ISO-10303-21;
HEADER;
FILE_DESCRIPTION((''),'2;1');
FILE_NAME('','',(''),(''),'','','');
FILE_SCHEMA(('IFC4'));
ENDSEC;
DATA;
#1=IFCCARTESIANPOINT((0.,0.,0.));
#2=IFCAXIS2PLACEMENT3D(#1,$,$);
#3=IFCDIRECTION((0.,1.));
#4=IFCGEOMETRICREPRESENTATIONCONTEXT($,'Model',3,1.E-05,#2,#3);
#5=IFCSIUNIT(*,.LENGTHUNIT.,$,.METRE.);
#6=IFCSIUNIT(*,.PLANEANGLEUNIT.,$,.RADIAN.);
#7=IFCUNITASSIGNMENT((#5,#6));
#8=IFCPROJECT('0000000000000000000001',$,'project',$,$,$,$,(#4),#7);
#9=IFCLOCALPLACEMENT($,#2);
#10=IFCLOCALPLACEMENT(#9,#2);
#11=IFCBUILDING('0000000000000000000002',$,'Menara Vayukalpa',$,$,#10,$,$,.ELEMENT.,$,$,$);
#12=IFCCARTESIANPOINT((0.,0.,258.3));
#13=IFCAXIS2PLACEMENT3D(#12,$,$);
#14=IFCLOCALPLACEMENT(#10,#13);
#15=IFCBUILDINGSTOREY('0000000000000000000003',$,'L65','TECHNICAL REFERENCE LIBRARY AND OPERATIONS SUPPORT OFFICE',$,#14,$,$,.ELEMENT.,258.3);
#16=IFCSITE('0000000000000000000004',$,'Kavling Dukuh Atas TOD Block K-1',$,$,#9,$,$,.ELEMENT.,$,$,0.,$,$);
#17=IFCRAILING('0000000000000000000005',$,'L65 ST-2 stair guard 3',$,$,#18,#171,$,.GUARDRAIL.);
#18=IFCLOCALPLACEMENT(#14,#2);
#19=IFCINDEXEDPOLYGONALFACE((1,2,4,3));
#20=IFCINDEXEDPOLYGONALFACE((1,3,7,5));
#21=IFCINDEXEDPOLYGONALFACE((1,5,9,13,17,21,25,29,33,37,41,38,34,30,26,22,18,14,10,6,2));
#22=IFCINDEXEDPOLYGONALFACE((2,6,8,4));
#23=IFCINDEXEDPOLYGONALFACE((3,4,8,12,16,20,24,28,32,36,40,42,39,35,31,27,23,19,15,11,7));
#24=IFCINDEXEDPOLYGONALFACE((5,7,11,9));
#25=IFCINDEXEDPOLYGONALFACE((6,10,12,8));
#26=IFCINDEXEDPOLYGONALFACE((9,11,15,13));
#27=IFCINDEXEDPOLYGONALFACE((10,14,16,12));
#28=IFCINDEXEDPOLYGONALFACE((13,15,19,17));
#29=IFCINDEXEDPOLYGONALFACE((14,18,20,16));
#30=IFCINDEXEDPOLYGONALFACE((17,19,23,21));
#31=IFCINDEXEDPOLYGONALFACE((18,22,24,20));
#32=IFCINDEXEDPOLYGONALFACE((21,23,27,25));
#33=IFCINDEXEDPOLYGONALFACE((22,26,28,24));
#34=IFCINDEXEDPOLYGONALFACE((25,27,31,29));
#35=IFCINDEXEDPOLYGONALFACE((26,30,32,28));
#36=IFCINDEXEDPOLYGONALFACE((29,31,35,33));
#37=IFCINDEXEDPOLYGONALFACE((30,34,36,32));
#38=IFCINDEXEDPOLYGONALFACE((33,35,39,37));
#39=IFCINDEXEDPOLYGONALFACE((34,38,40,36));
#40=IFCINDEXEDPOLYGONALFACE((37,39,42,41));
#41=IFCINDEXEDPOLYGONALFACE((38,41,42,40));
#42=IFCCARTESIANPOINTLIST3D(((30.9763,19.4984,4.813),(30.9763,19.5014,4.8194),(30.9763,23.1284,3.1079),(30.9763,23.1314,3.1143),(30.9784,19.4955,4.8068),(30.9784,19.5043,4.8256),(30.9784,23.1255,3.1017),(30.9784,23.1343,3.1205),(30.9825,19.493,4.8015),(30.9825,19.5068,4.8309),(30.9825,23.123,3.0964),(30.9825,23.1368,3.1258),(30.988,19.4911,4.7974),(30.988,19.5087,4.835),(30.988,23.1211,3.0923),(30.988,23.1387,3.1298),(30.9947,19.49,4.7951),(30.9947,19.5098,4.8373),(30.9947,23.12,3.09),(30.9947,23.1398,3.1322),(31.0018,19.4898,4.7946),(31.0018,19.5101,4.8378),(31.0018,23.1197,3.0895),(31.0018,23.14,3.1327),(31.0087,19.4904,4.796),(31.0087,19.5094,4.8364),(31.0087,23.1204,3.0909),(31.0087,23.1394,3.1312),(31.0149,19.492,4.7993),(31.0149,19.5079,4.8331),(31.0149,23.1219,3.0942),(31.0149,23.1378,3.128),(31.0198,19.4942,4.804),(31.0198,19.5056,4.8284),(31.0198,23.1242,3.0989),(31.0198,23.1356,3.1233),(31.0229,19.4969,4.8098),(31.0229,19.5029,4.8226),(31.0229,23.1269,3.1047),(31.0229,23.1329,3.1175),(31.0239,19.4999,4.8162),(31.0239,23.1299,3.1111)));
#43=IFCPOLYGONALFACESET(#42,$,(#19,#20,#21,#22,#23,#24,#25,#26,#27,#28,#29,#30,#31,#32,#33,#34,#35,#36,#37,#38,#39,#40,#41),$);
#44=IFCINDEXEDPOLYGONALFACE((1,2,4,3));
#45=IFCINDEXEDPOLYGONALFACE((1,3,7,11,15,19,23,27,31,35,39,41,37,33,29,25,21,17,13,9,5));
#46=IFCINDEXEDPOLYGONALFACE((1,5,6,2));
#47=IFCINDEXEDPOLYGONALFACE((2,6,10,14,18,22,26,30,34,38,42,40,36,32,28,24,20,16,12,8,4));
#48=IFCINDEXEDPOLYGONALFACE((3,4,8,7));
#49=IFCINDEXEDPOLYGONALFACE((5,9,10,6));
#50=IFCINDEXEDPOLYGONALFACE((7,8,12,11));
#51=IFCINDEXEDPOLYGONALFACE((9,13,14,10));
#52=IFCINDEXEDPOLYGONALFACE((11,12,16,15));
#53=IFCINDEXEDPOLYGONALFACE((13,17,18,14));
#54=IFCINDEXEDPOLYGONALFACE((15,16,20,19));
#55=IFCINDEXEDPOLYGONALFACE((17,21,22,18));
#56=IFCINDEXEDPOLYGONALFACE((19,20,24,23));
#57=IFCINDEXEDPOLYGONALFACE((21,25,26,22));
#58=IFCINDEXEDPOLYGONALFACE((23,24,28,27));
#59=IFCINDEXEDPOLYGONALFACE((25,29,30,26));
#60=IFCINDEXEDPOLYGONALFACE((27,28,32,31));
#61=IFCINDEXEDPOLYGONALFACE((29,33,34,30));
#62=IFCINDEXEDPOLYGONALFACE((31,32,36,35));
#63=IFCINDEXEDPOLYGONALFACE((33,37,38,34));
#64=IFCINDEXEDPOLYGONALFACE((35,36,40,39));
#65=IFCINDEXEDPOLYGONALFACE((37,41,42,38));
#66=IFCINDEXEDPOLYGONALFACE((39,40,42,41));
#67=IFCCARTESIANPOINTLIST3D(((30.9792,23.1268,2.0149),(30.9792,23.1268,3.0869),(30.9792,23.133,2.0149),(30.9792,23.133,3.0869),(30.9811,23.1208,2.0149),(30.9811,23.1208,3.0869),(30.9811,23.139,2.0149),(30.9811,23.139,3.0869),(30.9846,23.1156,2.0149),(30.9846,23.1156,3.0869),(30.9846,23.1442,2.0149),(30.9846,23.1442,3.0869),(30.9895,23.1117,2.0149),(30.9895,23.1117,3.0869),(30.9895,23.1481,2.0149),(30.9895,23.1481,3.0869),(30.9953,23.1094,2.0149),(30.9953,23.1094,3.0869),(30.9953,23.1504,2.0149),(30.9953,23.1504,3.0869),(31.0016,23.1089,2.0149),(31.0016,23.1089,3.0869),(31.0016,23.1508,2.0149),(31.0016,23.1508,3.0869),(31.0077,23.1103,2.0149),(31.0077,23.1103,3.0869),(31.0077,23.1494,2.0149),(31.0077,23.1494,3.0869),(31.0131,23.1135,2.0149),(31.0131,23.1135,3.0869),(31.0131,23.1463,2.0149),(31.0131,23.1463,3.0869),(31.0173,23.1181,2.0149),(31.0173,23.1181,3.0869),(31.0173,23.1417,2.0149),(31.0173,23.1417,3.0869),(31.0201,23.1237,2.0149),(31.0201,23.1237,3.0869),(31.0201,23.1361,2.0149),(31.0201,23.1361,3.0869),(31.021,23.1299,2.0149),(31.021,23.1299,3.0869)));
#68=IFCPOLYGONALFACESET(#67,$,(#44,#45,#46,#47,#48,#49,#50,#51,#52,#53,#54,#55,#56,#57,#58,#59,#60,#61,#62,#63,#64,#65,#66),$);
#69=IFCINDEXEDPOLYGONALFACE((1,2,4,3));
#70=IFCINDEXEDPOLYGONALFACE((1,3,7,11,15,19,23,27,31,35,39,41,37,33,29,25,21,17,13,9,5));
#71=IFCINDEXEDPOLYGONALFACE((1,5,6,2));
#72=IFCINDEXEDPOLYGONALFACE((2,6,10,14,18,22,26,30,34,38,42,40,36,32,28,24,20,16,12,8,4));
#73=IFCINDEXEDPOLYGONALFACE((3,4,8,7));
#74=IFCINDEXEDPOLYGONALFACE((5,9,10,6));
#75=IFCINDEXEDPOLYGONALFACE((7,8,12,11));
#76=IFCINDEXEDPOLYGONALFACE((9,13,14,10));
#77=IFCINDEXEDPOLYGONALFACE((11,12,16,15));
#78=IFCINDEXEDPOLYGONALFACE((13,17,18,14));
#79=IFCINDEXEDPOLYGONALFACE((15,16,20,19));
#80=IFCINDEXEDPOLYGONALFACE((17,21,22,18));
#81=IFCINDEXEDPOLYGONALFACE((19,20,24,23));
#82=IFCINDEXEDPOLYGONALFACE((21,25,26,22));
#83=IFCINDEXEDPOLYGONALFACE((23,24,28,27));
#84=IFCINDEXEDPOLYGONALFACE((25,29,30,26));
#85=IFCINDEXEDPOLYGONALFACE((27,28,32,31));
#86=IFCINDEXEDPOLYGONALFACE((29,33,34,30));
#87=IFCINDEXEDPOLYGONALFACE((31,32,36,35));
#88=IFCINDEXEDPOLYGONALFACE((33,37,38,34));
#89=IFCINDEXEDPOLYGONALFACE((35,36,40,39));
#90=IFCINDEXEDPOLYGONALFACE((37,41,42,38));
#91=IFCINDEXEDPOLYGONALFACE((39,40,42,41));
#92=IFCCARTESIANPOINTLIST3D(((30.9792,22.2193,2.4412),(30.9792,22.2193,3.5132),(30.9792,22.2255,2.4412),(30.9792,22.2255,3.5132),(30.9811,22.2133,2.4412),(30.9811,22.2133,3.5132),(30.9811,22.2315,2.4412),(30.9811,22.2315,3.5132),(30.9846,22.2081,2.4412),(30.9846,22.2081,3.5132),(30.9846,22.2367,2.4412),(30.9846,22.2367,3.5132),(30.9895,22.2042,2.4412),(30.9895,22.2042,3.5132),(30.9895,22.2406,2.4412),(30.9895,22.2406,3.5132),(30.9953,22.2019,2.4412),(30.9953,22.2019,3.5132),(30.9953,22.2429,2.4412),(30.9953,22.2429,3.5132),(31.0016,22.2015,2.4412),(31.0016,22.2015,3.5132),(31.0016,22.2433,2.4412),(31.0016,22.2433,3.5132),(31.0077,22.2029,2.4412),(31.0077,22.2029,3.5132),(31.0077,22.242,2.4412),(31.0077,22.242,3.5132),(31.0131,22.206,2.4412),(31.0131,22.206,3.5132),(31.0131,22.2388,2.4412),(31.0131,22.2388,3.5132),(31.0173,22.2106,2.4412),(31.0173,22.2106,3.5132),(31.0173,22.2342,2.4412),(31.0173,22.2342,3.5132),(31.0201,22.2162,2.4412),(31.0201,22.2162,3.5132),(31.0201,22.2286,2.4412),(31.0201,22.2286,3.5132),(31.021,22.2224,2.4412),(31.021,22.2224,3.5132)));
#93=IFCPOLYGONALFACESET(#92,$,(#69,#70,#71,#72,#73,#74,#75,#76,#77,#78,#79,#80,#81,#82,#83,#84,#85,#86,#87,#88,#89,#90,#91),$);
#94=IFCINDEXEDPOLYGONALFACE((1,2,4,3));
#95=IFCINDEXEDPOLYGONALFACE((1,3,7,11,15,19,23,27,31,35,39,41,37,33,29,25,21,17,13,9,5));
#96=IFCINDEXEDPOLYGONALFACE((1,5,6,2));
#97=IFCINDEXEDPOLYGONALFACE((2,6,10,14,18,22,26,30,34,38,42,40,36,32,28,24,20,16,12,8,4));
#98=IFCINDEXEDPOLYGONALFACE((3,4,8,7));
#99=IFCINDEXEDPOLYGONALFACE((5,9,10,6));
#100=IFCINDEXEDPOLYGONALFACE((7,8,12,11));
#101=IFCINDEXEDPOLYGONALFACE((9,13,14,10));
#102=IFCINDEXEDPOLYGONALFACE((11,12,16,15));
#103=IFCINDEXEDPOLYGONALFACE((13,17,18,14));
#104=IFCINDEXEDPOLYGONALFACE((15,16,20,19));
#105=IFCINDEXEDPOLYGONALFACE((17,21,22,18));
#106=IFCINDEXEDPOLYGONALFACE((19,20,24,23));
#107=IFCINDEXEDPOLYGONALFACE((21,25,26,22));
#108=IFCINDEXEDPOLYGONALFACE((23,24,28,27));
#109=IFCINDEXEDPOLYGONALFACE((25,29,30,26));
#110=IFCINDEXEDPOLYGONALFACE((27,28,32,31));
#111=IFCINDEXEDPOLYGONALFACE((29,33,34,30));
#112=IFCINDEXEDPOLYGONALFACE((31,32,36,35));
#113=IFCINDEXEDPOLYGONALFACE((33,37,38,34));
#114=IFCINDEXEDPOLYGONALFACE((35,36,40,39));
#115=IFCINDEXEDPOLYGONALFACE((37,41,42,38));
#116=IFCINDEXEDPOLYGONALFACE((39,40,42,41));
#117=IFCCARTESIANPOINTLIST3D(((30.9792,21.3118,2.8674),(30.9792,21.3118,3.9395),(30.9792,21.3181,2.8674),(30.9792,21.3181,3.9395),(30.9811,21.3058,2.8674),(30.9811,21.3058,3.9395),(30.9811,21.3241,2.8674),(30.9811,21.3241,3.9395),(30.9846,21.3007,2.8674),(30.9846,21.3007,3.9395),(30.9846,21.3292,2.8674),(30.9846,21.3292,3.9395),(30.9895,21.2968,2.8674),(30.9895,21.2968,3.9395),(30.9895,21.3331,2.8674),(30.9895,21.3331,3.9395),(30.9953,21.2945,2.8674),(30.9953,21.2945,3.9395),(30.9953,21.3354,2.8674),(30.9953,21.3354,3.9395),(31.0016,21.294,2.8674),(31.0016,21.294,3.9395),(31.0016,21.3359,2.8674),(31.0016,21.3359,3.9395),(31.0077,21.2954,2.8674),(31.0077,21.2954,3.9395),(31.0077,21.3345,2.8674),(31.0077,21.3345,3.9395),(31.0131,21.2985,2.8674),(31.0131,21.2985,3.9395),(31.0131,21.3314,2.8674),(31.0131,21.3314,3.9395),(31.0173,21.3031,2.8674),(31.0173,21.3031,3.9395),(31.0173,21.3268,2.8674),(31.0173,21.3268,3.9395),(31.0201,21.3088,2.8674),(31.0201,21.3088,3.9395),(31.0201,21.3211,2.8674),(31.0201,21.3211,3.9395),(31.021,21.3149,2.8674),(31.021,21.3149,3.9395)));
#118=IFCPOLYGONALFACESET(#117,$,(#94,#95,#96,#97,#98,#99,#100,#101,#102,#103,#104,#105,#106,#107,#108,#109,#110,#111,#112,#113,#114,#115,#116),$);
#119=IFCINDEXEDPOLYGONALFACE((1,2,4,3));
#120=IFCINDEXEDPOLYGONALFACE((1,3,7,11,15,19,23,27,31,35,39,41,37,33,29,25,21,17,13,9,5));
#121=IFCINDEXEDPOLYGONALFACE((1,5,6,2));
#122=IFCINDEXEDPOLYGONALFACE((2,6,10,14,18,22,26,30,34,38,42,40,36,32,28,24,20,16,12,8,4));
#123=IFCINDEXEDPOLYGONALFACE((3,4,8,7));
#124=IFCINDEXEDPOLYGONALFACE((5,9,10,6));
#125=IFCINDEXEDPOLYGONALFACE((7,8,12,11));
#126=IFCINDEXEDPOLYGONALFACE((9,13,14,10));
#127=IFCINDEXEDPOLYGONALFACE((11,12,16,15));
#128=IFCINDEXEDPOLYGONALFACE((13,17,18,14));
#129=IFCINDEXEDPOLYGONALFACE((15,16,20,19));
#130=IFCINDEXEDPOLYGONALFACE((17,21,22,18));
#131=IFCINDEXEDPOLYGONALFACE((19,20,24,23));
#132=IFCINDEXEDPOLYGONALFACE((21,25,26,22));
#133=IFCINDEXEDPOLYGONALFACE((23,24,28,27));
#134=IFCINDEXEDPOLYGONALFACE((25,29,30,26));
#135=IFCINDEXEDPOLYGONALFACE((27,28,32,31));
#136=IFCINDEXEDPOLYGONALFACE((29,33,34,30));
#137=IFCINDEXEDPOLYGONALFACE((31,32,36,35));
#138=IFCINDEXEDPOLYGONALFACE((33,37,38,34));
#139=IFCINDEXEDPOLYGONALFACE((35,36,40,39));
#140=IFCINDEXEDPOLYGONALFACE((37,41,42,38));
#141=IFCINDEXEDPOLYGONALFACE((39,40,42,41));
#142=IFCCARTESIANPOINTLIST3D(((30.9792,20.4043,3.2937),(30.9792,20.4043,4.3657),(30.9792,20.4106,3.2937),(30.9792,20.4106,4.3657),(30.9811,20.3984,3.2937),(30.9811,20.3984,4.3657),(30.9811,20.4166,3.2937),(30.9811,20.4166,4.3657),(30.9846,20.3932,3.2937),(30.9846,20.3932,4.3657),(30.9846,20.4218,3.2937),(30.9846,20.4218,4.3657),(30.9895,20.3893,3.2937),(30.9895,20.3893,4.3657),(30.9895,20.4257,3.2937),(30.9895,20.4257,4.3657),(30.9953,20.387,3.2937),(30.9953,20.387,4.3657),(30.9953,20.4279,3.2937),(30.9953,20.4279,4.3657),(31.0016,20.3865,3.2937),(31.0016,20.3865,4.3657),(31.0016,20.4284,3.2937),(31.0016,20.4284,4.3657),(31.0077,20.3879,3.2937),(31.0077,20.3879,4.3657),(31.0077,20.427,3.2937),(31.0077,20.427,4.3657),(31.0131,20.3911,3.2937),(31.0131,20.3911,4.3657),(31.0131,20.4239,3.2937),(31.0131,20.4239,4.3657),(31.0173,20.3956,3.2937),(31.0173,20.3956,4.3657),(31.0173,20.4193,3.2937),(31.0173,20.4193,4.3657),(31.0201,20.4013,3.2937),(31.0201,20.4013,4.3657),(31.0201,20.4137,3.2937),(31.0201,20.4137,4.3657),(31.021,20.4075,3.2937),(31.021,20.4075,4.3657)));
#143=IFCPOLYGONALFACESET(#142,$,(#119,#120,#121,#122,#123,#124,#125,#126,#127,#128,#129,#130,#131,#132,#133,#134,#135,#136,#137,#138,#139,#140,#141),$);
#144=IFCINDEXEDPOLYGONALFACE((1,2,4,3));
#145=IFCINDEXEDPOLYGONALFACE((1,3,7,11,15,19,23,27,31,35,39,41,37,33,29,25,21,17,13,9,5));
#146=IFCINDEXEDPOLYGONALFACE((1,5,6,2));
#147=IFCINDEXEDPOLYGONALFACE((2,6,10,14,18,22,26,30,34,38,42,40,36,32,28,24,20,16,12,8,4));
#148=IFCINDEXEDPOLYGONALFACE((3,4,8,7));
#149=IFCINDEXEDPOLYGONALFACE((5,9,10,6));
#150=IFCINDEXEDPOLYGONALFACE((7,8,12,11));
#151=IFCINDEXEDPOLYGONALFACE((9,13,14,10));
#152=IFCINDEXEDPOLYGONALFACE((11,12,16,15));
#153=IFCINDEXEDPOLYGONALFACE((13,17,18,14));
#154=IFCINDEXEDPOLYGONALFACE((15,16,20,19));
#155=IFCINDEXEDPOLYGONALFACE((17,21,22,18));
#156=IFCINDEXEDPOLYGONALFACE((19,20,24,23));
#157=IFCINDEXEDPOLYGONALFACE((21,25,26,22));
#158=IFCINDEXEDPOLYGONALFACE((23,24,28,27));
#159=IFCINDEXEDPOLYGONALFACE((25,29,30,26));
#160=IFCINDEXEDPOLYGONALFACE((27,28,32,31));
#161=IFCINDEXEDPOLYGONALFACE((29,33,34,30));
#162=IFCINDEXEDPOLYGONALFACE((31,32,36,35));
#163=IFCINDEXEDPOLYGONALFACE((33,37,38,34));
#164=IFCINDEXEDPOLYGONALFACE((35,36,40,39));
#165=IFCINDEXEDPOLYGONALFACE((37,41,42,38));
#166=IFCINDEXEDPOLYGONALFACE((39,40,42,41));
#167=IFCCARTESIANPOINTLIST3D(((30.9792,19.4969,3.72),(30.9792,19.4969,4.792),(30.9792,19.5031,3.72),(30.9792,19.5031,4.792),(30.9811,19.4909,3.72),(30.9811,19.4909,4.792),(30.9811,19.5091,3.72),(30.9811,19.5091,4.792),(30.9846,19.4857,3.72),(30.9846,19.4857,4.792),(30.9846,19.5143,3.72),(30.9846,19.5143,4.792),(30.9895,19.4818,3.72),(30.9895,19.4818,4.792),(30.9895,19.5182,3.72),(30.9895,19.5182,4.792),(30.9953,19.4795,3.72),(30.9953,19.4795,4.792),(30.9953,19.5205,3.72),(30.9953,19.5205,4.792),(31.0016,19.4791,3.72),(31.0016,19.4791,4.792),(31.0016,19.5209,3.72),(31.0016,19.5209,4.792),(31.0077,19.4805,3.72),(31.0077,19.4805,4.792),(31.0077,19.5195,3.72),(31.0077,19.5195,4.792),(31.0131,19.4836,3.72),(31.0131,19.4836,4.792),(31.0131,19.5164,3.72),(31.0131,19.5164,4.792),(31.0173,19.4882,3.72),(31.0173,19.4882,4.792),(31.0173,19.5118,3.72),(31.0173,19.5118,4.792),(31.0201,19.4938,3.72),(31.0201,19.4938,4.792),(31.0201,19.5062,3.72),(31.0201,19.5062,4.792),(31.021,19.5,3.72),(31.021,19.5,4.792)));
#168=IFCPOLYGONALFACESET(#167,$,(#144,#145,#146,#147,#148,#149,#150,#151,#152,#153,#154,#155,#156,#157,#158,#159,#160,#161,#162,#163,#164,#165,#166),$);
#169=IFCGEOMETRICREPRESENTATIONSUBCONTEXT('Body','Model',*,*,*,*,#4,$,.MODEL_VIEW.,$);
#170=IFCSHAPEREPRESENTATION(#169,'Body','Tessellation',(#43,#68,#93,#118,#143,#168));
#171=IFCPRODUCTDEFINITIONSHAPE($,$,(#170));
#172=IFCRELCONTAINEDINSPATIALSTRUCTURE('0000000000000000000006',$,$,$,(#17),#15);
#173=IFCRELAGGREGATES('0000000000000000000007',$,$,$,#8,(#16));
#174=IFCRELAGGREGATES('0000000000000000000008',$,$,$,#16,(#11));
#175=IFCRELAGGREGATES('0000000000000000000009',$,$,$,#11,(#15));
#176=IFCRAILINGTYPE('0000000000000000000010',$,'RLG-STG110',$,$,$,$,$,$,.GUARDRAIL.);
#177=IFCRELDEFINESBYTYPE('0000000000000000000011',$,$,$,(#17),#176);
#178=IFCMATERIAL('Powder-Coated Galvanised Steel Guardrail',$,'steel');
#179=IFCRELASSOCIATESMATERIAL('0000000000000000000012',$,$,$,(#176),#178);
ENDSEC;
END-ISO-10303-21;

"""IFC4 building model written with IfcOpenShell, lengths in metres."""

from ifc_helpers import new_model, si_unit, direction, frame, origin, origin_2d, place, context, subcontext, project, spatial, circle, extrude, material, type_object, element, save


model = new_model("IFC4")

# Units and contexts
model_context = context("Model", 3, precision=1e-05, world=origin(), true_north=direction((0.0, 1.0)))
body_context = subcontext(model_context, "Body", "Model", "MODEL_VIEW")
ifc_project = project(units=[si_unit("LENGTHUNIT", "METRE"), si_unit("PLANEANGLEUNIT", "RADIAN")], contexts=[model_context])

# Site, building, storey
site_placement = place(None, origin())
site = spatial("IfcSite", under=ifc_project, at=site_placement, Name="Kavling Dukuh Atas TOD Block K-1", CompositionType="ELEMENT", RefElevation=0.0)
building_placement = place(site_placement, origin())
building = spatial("IfcBuilding", under=site, at=building_placement, Name="Menara Vayukalpa", CompositionType="ELEMENT")
storey_placement = place(building_placement, frame((0.0, 0.0, 258.3)))
storey = spatial("IfcBuildingStorey", under=building, at=storey_placement, Name="L65", Description="TECHNICAL REFERENCE LIBRARY AND OPERATIONS SUPPORT OFFICE", CompositionType="ELEMENT", Elevation=258.3)

# Railing
ifc_material_1 = material(Name="Powder-Coated Galvanised Steel Guardrail", Category="steel")
railing_type_1 = type_object("IfcRailingType", Name="RLG-STG110", PredefinedType="GUARDRAIL", material=ifc_material_1)
railing_1_placement = place(storey_placement, frame((31.0, 23.1299, 2.0149)))
element("IfcRailing", 1, at=railing_1_placement, inside=storey, type_object=railing_type_1, Name="L65 ST-2 stair guard 3", PredefinedType="GUARDRAIL", context=body_context, shape_type="SweptSolid", body=[
    extrude(circle(Radius=0.0239, at=origin_2d()), frame((0.0, 0.0, 1.0962), z_axis=(0.0, -0.905116, 0.425164), x_axis=(1.0, 0.0, 0.0)), (0.0, 0.0, 1.0), 4.0105),
    extrude(circle(Radius=0.021, at=origin_2d()), origin(), (0.0, 0.0, 1.0), 1.072),
    extrude(circle(Radius=0.021, at=origin_2d()), frame((0.0, -0.9075, 0.4263)), (0.0, 0.0, 1.0), 1.072),
    extrude(circle(Radius=0.021, at=origin_2d()), frame((0.0, -1.8149, 0.8525)), (0.0, 0.0, 1.0), 1.072),
    extrude(circle(Radius=0.021, at=origin_2d()), frame((0.0, -2.7224, 1.2788)), (0.0, 0.0, 1.0), 1.072),
    extrude(circle(Radius=0.021, at=origin_2d()), frame((0.0, -3.6299, 1.7051)), (0.0, 0.0, 1.0), 1.072),
])

save(model, "model.ifc")
